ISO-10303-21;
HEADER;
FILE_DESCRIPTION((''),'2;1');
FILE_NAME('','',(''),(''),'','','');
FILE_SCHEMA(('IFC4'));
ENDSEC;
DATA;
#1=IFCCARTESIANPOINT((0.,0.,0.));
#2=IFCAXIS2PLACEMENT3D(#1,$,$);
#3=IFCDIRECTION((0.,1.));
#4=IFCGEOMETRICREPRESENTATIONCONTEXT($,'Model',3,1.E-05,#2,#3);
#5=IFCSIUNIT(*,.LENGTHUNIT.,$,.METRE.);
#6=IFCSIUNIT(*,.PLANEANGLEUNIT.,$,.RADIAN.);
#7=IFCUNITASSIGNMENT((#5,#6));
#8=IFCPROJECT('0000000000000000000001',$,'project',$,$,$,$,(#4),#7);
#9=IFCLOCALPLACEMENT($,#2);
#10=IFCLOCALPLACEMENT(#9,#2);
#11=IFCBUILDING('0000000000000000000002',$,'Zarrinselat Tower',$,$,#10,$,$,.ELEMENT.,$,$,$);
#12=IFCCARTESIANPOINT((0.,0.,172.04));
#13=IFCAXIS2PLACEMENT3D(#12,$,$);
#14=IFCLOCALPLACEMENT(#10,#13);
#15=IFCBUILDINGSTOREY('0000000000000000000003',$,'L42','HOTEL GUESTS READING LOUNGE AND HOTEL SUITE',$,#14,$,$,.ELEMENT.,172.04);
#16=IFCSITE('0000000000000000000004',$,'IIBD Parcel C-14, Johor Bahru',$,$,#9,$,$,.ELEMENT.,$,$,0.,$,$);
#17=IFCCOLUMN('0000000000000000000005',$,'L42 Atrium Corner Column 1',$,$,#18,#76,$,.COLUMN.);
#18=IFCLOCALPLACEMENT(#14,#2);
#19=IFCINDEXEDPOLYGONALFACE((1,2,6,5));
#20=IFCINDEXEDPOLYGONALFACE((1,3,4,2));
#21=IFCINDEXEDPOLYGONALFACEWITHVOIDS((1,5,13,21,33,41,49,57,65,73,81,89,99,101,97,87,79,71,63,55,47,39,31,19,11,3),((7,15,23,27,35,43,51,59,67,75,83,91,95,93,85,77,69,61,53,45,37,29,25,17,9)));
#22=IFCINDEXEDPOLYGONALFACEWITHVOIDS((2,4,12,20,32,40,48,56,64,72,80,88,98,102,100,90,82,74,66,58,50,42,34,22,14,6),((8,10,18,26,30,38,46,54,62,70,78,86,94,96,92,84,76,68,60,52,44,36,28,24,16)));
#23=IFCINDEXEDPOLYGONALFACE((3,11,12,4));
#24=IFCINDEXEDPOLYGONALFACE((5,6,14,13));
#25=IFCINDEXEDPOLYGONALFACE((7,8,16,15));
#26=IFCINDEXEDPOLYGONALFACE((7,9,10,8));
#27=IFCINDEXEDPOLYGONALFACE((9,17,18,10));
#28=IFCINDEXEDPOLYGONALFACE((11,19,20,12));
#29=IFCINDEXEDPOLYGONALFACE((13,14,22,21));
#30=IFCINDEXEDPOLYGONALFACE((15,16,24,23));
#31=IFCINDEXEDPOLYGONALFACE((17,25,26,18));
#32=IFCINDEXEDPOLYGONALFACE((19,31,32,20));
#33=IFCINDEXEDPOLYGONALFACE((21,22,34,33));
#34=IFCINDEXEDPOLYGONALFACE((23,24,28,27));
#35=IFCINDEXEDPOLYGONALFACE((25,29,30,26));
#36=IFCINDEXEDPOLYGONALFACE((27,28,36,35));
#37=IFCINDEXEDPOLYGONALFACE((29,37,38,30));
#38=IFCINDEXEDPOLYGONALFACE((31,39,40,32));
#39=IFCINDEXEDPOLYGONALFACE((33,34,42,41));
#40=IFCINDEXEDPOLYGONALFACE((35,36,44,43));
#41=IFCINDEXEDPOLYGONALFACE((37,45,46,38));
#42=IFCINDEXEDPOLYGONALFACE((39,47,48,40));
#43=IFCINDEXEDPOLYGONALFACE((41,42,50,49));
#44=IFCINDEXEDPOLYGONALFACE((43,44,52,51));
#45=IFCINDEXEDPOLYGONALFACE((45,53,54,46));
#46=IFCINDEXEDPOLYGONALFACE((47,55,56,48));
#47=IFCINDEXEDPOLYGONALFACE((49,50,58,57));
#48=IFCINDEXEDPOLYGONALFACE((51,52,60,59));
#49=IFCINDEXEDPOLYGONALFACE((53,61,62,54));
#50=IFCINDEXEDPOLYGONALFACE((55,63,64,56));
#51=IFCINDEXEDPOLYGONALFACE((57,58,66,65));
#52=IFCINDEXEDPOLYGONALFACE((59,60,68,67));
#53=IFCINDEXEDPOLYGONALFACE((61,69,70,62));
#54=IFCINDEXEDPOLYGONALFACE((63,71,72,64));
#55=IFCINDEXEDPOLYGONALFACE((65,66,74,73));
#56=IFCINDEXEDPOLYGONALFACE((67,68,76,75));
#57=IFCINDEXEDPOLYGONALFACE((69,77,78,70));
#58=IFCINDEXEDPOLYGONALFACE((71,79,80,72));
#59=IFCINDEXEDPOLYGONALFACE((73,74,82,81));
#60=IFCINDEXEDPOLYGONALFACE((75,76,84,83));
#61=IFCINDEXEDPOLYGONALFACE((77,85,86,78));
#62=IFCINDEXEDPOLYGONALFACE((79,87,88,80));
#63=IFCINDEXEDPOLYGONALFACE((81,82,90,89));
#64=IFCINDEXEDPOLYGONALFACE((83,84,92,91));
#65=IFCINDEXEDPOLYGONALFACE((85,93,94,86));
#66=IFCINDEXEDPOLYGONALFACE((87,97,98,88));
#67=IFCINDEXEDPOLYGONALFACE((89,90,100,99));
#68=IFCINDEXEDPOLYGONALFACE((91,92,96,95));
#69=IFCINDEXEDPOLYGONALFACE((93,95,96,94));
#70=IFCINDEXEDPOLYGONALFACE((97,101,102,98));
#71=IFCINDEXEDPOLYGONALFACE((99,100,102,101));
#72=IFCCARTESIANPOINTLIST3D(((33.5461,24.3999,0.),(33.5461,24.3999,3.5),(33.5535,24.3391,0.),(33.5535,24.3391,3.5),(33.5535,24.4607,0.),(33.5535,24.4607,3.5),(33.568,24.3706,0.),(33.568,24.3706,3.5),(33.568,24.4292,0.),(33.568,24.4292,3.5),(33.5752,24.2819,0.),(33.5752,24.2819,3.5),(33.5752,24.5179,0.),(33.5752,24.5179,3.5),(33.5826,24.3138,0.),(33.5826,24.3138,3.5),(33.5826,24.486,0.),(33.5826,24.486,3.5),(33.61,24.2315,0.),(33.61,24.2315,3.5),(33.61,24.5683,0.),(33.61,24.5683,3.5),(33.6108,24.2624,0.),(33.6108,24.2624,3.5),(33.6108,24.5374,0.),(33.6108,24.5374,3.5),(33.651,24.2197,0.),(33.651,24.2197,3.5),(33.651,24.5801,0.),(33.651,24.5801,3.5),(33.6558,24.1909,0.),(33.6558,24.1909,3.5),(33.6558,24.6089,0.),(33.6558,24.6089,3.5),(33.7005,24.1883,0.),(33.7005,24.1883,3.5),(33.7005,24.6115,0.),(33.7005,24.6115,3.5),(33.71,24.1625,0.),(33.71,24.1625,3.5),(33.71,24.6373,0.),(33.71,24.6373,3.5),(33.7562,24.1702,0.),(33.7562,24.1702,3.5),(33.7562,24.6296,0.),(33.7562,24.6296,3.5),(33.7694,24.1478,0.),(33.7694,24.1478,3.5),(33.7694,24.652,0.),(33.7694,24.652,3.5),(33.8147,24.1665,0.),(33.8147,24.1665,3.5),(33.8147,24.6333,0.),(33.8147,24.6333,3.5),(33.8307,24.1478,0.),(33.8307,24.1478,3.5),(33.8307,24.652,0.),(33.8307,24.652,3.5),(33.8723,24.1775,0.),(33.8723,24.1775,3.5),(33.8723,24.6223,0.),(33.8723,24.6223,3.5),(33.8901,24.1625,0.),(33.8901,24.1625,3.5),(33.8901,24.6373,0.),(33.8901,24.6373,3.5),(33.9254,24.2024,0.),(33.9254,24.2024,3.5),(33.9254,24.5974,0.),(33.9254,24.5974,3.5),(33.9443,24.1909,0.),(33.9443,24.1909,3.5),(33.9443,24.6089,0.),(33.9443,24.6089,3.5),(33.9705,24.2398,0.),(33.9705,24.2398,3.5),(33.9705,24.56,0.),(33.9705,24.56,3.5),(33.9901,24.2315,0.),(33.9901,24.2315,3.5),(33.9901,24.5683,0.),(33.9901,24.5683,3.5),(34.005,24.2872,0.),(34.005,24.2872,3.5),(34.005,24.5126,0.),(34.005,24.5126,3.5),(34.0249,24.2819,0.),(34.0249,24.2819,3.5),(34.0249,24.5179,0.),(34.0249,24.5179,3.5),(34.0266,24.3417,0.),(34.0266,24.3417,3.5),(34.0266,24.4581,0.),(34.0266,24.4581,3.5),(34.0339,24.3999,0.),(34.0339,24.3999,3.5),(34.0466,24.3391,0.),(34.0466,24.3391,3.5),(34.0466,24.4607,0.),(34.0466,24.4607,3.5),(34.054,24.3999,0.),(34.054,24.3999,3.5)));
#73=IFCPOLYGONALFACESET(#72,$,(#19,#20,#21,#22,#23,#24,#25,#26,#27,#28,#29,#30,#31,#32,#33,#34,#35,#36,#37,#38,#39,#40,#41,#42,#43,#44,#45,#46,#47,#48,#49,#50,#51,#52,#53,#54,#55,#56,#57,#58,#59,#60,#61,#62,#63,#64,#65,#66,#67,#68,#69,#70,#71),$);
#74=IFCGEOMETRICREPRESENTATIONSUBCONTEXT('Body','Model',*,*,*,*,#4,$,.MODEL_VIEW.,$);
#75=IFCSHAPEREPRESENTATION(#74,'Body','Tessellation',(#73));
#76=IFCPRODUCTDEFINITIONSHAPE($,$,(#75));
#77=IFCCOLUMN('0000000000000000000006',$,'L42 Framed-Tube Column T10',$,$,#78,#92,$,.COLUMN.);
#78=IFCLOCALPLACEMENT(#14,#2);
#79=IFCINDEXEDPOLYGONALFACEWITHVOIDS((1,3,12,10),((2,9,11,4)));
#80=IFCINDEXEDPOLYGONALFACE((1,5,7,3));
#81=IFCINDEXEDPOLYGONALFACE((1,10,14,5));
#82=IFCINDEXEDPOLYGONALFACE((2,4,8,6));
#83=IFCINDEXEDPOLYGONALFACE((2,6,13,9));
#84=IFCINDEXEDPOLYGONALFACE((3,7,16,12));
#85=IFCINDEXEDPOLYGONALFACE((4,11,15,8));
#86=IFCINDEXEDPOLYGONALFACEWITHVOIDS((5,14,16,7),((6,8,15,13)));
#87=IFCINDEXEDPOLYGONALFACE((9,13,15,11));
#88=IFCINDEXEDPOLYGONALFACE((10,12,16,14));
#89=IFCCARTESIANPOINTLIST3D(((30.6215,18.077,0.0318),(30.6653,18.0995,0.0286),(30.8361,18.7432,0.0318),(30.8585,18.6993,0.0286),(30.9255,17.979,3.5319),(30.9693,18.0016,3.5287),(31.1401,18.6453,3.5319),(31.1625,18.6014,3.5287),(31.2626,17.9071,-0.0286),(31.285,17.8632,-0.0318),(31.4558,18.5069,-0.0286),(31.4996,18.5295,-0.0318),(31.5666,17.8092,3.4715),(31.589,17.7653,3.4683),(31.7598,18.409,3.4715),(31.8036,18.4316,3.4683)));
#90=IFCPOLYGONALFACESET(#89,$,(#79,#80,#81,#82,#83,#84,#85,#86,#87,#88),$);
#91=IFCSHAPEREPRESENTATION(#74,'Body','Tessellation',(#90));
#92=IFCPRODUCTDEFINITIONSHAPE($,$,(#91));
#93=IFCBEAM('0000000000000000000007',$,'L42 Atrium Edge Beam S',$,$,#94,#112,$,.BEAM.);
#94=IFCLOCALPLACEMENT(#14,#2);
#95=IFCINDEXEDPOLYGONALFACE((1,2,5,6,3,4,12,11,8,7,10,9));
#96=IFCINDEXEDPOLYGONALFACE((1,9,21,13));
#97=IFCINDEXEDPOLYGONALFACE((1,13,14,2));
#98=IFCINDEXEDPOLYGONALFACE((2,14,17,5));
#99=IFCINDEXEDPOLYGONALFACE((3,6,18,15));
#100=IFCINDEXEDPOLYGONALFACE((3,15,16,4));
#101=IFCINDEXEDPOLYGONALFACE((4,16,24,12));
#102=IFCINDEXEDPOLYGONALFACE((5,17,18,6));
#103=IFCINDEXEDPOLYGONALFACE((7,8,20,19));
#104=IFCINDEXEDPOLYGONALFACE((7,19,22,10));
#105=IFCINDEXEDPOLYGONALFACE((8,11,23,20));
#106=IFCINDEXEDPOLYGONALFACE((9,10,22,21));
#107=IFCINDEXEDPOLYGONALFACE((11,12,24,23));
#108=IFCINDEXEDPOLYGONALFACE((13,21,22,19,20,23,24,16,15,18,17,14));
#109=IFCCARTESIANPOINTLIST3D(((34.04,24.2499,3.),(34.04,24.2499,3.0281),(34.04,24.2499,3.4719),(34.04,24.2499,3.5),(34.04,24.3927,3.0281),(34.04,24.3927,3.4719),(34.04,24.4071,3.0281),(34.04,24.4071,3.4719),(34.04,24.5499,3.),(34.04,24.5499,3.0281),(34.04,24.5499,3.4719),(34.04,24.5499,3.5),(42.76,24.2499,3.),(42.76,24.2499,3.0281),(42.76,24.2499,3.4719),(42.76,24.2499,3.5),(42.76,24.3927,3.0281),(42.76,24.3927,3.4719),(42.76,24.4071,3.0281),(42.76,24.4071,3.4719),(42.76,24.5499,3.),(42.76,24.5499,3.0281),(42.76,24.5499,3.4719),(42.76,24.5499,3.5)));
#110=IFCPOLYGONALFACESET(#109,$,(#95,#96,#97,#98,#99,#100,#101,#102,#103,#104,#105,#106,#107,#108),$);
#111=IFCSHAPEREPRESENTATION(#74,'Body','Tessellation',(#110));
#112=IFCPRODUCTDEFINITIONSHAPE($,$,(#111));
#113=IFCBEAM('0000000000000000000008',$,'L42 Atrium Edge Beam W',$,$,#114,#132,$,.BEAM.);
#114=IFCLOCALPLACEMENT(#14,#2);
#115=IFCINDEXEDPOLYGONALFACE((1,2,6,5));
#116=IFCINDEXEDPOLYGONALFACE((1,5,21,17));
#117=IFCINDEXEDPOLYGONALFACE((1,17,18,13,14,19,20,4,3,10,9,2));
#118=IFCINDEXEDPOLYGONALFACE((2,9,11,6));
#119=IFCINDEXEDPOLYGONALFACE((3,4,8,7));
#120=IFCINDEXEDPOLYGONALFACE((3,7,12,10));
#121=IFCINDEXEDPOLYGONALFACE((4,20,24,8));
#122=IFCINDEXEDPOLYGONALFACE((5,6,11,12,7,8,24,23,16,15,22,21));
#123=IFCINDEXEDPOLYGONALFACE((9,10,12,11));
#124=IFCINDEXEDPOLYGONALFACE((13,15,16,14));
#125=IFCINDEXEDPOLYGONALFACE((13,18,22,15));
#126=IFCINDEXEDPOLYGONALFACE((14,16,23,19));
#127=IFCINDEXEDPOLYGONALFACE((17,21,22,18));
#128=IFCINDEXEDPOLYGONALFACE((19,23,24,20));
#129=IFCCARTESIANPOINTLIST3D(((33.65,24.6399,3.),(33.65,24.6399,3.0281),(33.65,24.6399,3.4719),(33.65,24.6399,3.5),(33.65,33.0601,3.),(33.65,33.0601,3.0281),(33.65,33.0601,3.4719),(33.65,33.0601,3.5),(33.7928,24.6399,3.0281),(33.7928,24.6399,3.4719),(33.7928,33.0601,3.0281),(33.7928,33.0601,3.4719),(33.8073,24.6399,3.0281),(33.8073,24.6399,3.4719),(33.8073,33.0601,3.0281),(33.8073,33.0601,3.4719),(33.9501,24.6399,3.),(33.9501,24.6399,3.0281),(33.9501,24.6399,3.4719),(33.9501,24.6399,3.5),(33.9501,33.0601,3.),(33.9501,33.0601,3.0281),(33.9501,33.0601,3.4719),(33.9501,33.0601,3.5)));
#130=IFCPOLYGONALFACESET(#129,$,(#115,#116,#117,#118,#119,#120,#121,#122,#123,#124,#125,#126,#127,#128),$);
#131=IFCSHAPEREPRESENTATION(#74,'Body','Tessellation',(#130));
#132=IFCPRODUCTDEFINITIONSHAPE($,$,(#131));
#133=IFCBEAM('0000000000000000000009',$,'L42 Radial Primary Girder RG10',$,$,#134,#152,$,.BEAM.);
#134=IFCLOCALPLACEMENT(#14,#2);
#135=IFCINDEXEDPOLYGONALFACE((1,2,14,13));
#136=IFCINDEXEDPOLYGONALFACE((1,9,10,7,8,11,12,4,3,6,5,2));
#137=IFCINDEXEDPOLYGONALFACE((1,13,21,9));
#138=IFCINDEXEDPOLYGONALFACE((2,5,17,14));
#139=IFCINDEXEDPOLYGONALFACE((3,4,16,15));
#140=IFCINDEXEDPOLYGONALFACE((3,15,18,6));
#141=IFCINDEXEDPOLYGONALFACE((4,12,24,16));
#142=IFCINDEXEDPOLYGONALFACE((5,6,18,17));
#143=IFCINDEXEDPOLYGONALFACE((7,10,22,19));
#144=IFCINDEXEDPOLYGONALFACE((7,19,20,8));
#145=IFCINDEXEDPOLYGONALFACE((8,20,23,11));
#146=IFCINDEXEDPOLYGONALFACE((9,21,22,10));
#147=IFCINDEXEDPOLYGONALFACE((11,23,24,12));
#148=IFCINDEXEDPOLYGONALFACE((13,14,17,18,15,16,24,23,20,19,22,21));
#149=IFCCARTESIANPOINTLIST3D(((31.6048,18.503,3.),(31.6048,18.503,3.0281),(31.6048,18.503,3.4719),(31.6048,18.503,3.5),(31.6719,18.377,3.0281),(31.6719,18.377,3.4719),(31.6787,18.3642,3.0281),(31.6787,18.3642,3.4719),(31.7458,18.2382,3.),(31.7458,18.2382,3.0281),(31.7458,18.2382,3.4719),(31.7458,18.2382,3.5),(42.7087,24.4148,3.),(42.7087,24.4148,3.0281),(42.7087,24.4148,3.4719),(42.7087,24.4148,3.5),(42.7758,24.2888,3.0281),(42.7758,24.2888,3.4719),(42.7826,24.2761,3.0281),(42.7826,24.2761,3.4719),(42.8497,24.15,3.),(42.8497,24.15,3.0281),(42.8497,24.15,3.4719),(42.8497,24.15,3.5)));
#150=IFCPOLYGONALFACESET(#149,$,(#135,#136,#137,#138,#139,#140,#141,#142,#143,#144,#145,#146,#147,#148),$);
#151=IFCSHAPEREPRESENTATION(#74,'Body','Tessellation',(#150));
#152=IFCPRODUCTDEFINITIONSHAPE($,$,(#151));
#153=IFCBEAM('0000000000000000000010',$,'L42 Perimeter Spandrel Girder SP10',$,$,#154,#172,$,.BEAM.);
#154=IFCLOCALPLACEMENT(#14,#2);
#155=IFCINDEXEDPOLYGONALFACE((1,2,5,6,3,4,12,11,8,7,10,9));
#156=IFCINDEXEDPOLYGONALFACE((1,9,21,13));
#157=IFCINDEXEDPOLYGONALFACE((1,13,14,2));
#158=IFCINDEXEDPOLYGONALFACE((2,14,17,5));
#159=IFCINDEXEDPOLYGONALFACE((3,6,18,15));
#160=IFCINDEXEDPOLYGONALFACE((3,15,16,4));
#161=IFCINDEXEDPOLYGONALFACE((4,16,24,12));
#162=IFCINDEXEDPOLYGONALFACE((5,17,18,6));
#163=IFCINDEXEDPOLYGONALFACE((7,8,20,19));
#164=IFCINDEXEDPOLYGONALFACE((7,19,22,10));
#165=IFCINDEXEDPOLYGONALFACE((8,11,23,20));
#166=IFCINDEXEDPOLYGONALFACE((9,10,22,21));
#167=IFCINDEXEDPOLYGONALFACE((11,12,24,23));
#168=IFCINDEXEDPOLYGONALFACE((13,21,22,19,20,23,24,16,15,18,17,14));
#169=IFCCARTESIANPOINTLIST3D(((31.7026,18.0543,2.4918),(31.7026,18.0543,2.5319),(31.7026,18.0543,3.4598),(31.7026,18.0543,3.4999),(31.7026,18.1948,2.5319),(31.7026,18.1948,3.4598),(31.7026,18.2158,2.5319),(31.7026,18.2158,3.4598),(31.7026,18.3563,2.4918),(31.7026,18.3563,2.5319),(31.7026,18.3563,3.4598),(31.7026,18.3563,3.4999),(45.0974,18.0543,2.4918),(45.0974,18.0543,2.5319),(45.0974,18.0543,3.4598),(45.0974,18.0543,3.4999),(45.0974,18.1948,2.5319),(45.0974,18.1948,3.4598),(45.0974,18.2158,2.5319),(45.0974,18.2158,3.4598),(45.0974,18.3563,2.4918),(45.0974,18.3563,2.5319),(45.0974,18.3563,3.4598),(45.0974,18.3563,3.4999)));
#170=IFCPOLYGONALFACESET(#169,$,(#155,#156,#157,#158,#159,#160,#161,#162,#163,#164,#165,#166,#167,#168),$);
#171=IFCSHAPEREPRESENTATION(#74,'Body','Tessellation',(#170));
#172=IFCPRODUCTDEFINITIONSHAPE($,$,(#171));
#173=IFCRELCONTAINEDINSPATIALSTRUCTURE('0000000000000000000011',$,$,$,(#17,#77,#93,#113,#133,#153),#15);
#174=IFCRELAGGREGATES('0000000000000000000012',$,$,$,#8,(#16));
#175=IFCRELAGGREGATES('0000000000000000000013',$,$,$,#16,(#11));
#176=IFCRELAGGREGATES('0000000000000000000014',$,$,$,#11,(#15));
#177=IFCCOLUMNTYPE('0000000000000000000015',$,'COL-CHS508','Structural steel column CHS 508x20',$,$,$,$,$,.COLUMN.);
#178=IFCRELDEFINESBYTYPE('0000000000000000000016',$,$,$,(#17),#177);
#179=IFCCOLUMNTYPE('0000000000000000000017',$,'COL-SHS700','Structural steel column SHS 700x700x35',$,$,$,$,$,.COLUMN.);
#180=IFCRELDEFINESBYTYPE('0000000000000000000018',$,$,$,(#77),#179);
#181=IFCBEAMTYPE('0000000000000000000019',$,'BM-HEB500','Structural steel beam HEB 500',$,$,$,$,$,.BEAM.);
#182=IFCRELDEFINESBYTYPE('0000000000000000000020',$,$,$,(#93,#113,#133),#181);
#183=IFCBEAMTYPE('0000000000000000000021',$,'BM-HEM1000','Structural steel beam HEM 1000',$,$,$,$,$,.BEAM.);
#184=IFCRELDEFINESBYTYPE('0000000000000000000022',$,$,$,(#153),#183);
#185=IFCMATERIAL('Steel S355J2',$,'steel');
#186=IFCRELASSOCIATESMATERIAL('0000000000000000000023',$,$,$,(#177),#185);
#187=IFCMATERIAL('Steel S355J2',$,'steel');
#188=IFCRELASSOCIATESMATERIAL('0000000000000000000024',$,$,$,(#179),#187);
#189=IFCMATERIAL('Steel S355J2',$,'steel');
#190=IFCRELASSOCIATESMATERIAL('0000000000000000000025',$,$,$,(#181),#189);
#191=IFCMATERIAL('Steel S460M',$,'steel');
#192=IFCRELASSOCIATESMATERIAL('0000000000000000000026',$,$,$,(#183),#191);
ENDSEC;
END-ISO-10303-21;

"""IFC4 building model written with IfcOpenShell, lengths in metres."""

from ifc_helpers import new_model, si_unit, direction, frame, origin, origin_2d, place, context, subcontext, project, spatial, hollow_rectangle, hollow_circle, i_section, extrude, material, material_profile, profile_set, type_object, element, save


model = new_model("IFC4")

# Units and contexts
model_context = context("Model", 3, precision=1e-05, world=origin(), true_north=direction((0.0, 1.0)))
body_context = subcontext(model_context, "Body", "Model", "MODEL_VIEW")
ifc_project = project(units=[si_unit("LENGTHUNIT", "METRE"), si_unit("PLANEANGLEUNIT", "RADIAN")], contexts=[model_context])

# Site, building, storey
site_placement = place(None, origin())
site = spatial("IfcSite", under=ifc_project, at=site_placement, Name="IIBD Parcel C-14, Johor Bahru", CompositionType="ELEMENT", RefElevation=0.0)
building_placement = place(site_placement, origin())
building = spatial("IfcBuilding", under=site, at=building_placement, Name="Zarrinselat Tower", CompositionType="ELEMENT")
storey_placement = place(building_placement, frame((0.0, 0.0, 172.04)))
storey = spatial("IfcBuildingStorey", under=building, at=storey_placement, Name="L42", Description="HOTEL GUESTS READING LOUNGE AND HOTEL SUITE", CompositionType="ELEMENT", Elevation=172.04)

# Columns
ifc_material_1 = material(Name="Steel S355J2", Category="steel")
ifc_material_profile_1 = material_profile(ifc_material_1, hollow_circle(Radius=0.2539, WallThickness=0.02, at=origin_2d()), Name="CHS 508x20")
ifc_profile_set_1 = profile_set([ifc_material_profile_1], Name="Steel S355J2")
column_type_1 = type_object("IfcColumnType", Name="COL-CHS508", Description="Structural steel column CHS 508x20", PredefinedType="COLUMN", material=ifc_profile_set_1)
column_1_placement = place(storey_placement, frame((33.8, 24.3999, 0.0), z_axis=(0.0, 0.0, 1.0), x_axis=(1.0, 0.0, 0.0)))
element("IfcColumn", 1, at=column_1_placement, inside=storey, type_object=column_type_1, Name="L42 Atrium Corner Column 1", PredefinedType="COLUMN", context=body_context, shape_type="SweptSolid", body=[
    extrude(hollow_circle(Radius=0.2539, WallThickness=0.02, at=origin_2d()), origin(), (0.0, 0.0, 1.0), 3.5),
])
ifc_material_2 = material(Name="Steel S355J2", Category="steel")
ifc_material_profile_2 = material_profile(ifc_material_2, hollow_rectangle(XDim=0.7, YDim=0.7, WallThickness=0.0349, at=origin_2d()), Name="SHS 700x700x35")
ifc_profile_set_2 = profile_set([ifc_material_profile_2], Name="Steel S355J2")
column_type_2 = type_object("IfcColumnType", Name="COL-SHS700", Description="Structural steel column SHS 700x700x35", PredefinedType="COLUMN", material=ifc_profile_set_2)
column_2_placement = place(storey_placement, frame((31.0605, 18.3032, 0.0), z_axis=(0.086485, -0.027856, 0.995864), x_axis=(0.306578, 0.951845, 0.0)))
element("IfcColumn", 2, at=column_2_placement, inside=storey, type_object=column_type_2, Name="L42 Framed-Tube Column T10", PredefinedType="COLUMN", context=body_context, shape_type="SweptSolid", body=[
    extrude(hollow_rectangle(XDim=0.7, YDim=0.7, WallThickness=0.0349, at=origin_2d()), origin(), (0.0, 0.0, 1.0), 3.5146),
])

# Beams
ifc_material_3 = material(Name="Steel S355J2", Category="steel")
ifc_material_profile_3 = material_profile(ifc_material_3, i_section(OverallWidth=0.3, OverallDepth=0.5, WebThickness=0.0144, FlangeThickness=0.0281, at=origin_2d()), Name="HEB 500")
ifc_profile_set_3 = profile_set([ifc_material_profile_3], Name="Steel S355J2")
beam_type_1 = type_object("IfcBeamType", Name="BM-HEB500", Description="Structural steel beam HEB 500", PredefinedType="BEAM", material=ifc_profile_set_3)
beam_1_placement = place(storey_placement, frame((34.04, 24.3999, 3.25), z_axis=(1.0, 0.0, 0.0), x_axis=(0.0, 1.0, 0.0)))
element("IfcBeam", 3, at=beam_1_placement, inside=storey, type_object=beam_type_1, Name="L42 Atrium Edge Beam S", PredefinedType="BEAM", context=body_context, shape_type="SweptSolid", body=[
    extrude(i_section(OverallWidth=0.3, OverallDepth=0.5, WebThickness=0.0144, FlangeThickness=0.0281, at=origin_2d()), origin(), (0.0, 0.0, 1.0), 8.72),
])
beam_2_placement = place(storey_placement, frame((33.8, 24.6399, 3.25), z_axis=(0.0, 1.0, 0.0), x_axis=(-1.0, 0.0, 0.0)))
element("IfcBeam", 4, at=beam_2_placement, inside=storey, type_object=beam_type_1, Name="L42 Atrium Edge Beam W", PredefinedType="BEAM", context=body_context, shape_type="SweptSolid", body=[
    extrude(i_section(OverallWidth=0.3, OverallDepth=0.5, WebThickness=0.0144, FlangeThickness=0.0281, at=origin_2d()), origin(), (0.0, 0.0, 1.0), 8.4202),
])
beam_3_placement = place(storey_placement, frame((31.6753, 18.3706, 3.25), z_axis=(0.882692, 0.469953, 0.0), x_axis=(-0.469953, 0.882692, 0.0)))
element("IfcBeam", 5, at=beam_3_placement, inside=storey, type_object=beam_type_1, Name="L42 Radial Primary Girder RG10", PredefinedType="BEAM", context=body_context, shape_type="SweptSolid", body=[
    extrude(i_section(OverallWidth=0.3, OverallDepth=0.5, WebThickness=0.0144, FlangeThickness=0.0281, at=origin_2d()), origin(), (0.0, 0.0, 1.0), 12.5796),
])
ifc_material_4 = material(Name="Steel S460M", Category="steel")
ifc_material_profile_4 = material_profile(ifc_material_4, i_section(OverallWidth=0.302, OverallDepth=1.0081, WebThickness=0.021, FlangeThickness=0.04, at=origin_2d()), Name="HEM 1000")
ifc_profile_set_4 = profile_set([ifc_material_profile_4], Name="Steel S460M")
beam_type_2 = type_object("IfcBeamType", Name="BM-HEM1000", Description="Structural steel beam HEM 1000", PredefinedType="BEAM", material=ifc_profile_set_4)
beam_4_placement = place(storey_placement, frame((31.7026, 18.2053, 2.9958), z_axis=(1.0, 0.0, 0.0), x_axis=(0.0, 1.0, 0.0)))
element("IfcBeam", 6, at=beam_4_placement, inside=storey, type_object=beam_type_2, Name="L42 Perimeter Spandrel Girder SP10", PredefinedType="BEAM", context=body_context, shape_type="SweptSolid", body=[
    extrude(i_section(OverallWidth=0.302, OverallDepth=1.0081, WebThickness=0.021, FlangeThickness=0.04, at=origin_2d()), origin(), (0.0, 0.0, 1.0), 13.3948),
])

save(model, "model.ifc")
